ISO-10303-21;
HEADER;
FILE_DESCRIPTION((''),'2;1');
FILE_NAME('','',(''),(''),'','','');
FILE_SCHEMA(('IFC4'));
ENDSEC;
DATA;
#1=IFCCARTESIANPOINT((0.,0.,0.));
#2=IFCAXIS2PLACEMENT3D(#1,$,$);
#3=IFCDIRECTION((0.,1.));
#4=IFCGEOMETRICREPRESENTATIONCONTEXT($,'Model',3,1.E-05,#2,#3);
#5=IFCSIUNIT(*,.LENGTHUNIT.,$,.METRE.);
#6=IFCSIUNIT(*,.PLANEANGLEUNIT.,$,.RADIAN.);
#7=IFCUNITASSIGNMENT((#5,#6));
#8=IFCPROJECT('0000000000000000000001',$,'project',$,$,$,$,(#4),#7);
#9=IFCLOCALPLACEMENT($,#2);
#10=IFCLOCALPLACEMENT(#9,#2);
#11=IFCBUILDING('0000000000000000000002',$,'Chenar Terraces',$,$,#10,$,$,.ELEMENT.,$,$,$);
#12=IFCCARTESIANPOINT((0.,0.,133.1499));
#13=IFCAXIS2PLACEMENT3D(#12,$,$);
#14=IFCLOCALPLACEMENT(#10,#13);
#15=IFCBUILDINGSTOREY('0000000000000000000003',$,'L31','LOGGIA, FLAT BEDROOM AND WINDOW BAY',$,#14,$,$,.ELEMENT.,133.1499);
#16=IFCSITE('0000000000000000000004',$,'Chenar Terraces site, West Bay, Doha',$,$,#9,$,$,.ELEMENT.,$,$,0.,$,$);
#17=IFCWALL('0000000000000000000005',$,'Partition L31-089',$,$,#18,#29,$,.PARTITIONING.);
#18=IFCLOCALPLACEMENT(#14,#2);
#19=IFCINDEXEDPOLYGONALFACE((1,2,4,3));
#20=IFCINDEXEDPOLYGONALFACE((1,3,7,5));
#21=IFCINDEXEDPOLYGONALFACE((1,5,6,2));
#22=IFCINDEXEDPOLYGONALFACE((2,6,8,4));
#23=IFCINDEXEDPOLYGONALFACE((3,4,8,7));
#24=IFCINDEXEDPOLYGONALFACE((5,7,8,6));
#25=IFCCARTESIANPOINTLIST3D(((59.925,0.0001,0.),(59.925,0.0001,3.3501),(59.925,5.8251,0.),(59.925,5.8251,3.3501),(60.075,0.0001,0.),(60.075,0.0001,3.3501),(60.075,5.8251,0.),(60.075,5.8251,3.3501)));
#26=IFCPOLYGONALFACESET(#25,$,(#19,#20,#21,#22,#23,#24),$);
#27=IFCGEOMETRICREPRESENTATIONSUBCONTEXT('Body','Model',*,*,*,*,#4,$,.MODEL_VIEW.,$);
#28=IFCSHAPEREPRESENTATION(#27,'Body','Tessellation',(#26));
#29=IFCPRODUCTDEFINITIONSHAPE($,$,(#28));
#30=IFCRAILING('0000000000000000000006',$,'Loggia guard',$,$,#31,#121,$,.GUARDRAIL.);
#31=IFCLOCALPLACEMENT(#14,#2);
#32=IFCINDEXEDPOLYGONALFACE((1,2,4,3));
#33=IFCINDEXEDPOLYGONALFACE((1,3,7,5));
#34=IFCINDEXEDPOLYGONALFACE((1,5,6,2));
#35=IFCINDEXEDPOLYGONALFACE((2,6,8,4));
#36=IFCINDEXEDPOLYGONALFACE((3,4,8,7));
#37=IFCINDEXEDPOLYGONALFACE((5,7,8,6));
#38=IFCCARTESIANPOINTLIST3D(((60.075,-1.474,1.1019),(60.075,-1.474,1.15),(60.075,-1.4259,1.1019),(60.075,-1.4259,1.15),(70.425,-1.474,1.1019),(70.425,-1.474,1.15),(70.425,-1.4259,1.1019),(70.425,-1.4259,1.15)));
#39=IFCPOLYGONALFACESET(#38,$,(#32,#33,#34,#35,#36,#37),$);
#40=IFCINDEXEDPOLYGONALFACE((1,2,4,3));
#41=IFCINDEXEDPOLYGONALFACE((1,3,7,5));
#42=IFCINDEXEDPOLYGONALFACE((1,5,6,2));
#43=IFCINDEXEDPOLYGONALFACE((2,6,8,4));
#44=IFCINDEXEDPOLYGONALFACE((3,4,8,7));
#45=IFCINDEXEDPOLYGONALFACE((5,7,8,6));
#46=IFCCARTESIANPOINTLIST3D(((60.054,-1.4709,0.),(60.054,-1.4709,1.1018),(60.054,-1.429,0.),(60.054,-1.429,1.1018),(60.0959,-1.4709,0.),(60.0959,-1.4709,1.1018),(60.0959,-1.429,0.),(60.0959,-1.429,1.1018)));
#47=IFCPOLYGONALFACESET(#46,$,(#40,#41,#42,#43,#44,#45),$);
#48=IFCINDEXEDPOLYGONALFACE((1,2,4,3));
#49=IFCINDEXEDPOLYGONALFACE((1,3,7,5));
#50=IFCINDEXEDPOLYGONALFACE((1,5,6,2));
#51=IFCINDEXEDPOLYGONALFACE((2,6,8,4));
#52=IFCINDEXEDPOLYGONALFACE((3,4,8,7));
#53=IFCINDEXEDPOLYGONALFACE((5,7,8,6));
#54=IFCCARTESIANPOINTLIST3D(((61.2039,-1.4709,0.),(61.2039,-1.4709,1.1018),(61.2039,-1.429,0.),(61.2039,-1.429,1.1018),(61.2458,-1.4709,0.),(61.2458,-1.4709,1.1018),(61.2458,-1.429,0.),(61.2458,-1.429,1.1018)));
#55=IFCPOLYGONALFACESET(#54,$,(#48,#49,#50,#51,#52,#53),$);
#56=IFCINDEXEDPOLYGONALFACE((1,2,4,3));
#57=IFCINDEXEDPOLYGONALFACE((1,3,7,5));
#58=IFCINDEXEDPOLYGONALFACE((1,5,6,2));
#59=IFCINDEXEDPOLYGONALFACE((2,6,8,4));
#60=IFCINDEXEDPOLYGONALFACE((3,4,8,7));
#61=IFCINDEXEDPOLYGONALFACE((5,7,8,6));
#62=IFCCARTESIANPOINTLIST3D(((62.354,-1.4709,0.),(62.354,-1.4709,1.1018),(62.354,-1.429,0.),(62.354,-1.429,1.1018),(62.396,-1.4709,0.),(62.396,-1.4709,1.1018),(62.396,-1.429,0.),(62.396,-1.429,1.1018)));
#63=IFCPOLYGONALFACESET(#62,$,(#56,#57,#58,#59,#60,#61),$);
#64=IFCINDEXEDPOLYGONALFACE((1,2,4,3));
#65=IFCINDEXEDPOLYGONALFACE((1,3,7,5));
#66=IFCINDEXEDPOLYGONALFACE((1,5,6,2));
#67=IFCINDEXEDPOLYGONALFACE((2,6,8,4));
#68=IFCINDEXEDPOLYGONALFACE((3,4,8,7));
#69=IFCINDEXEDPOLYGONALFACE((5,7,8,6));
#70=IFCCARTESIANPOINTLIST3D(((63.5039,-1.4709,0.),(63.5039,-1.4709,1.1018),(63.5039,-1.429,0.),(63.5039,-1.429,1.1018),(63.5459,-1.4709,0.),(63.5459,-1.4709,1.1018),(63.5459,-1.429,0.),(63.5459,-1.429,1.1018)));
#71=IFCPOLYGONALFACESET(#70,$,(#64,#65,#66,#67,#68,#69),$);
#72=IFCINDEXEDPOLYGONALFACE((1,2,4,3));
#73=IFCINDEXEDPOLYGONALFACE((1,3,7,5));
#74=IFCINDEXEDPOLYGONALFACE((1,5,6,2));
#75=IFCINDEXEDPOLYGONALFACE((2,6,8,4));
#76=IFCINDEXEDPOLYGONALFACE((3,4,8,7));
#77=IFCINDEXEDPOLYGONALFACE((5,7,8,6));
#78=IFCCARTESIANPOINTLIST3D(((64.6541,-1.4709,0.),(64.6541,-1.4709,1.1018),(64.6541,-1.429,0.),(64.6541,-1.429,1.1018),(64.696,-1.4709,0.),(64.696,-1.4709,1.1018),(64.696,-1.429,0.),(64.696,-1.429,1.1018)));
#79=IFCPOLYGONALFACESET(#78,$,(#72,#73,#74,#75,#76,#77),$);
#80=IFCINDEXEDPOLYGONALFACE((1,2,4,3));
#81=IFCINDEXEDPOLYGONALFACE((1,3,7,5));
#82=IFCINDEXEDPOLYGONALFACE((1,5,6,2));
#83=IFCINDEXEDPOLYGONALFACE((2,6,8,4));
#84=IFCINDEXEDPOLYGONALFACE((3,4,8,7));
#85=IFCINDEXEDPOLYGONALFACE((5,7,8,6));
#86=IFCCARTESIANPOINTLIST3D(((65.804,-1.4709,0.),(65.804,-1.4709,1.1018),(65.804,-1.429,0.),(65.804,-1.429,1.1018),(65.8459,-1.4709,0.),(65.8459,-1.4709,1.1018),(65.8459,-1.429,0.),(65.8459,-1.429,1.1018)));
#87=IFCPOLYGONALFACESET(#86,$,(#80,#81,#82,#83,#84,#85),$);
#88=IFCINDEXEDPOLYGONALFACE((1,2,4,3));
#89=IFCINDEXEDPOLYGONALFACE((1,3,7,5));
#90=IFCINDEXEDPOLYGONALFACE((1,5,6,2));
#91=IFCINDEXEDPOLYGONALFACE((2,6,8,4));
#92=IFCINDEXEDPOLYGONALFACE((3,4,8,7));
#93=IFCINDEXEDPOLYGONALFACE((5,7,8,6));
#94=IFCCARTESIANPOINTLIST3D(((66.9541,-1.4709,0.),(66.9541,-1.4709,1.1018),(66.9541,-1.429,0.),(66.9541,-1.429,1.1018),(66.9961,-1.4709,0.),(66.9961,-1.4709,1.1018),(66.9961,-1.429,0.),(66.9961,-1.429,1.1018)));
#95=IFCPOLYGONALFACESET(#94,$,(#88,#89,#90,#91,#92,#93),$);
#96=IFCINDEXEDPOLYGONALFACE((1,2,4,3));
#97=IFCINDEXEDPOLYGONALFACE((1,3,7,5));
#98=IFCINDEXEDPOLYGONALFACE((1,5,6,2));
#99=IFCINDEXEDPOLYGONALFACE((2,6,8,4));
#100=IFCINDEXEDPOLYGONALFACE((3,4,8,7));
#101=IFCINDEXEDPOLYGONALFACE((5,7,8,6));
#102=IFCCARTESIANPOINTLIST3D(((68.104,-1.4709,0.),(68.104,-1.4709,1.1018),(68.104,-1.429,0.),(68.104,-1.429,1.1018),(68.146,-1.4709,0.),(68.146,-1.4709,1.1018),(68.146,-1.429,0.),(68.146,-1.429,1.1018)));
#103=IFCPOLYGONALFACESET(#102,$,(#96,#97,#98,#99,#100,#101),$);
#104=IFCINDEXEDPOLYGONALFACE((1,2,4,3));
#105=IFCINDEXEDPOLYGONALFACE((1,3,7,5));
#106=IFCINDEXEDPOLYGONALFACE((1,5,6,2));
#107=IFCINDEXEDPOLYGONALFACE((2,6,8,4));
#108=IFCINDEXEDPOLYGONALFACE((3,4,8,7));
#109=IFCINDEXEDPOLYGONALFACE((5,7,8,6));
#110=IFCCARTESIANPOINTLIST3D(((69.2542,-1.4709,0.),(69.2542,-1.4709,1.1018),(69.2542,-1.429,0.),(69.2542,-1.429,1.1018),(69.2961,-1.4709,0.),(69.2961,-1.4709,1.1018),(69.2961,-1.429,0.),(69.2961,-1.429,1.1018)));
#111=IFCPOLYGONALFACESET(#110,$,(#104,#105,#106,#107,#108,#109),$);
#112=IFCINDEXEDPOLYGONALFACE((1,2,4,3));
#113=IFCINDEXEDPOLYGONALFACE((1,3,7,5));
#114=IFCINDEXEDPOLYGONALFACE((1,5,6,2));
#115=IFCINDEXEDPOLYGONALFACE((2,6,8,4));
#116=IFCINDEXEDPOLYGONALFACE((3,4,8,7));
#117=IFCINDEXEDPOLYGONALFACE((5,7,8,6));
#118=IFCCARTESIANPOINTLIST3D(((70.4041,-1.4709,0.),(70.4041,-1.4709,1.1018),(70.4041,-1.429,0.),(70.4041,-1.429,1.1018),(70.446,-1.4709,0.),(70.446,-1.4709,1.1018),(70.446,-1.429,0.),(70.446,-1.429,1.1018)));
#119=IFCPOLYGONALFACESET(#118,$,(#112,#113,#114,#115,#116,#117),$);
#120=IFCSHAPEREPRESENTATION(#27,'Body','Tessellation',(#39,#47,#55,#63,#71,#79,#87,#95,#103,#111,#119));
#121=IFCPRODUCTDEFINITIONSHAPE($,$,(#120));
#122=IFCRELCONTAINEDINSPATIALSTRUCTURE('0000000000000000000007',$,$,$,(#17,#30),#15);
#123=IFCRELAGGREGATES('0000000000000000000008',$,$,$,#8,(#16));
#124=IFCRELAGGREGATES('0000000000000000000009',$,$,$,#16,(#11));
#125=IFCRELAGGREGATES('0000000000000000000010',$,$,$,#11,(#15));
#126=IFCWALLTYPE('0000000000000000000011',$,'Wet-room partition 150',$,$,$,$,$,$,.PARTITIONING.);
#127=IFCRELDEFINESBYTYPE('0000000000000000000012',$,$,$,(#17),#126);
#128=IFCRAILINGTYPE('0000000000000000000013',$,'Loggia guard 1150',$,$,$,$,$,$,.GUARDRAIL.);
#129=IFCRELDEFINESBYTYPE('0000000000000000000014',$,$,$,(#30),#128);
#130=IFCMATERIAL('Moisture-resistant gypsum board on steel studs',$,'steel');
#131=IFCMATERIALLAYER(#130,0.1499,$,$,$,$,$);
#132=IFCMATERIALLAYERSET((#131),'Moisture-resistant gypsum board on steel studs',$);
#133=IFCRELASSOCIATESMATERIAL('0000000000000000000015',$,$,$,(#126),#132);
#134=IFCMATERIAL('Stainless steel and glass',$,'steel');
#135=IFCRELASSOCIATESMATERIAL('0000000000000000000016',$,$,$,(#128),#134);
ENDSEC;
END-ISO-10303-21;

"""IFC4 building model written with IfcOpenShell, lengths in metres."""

from ifc_helpers import new_model, si_unit, direction, frame, frame_2d, origin, origin_2d, place, context, subcontext, project, spatial, rectangle, extrude, material, layer, layer_set, type_object, element, save


model = new_model("IFC4")

# Units and contexts
model_context = context("Model", 3, precision=1e-05, world=origin(), true_north=direction((0.0, 1.0)))
body_context = subcontext(model_context, "Body", "Model", "MODEL_VIEW")
ifc_project = project(units=[si_unit("LENGTHUNIT", "METRE"), si_unit("PLANEANGLEUNIT", "RADIAN")], contexts=[model_context])

# Site, building, storey
site_placement = place(None, origin())
site = spatial("IfcSite", under=ifc_project, at=site_placement, Name="Chenar Terraces site, West Bay, Doha", CompositionType="ELEMENT", RefElevation=0.0)
building_placement = place(site_placement, origin())
building = spatial("IfcBuilding", under=site, at=building_placement, Name="Chenar Terraces", CompositionType="ELEMENT")
storey_placement = place(building_placement, frame((0.0, 0.0, 133.1499)))
storey = spatial("IfcBuildingStorey", under=building, at=storey_placement, Name="L31", Description="LOGGIA, FLAT BEDROOM AND WINDOW BAY", CompositionType="ELEMENT", Elevation=133.1499)

# Shared definitions
ifc_material_1 = material(Name="Moisture-resistant gypsum board on steel studs", Category="steel")
ifc_layer_1 = layer(ifc_material_1, 0.1499)
ifc_layer_set_1 = layer_set([ifc_layer_1], Name="Moisture-resistant gypsum board on steel studs")
wall_type_1 = type_object("IfcWallType", Name="Wet-room partition 150", PredefinedType="PARTITIONING", material=ifc_layer_set_1)

# Wall
wall_1_placement = place(storey_placement, frame((60.0, 0.0, 0.0), z_axis=(0.0, 0.0, 1.0), x_axis=(0.0, 1.0, 0.0)))
element("IfcWall", 1, at=wall_1_placement, inside=storey, type_object=wall_type_1, Name="Partition L31-089", PredefinedType="PARTITIONING", context=body_context, shape_type="SweptSolid", body=[
    extrude(rectangle(XDim=5.825, YDim=0.1499, at=frame_2d((2.9126, 0.0))), origin(), (0.0, 0.0, 1.0), 3.3501),
])

# Railing
ifc_material_2 = material(Name="Stainless steel and glass", Category="steel")
railing_type = type_object("IfcRailingType", Name="Loggia guard 1150", PredefinedType="GUARDRAIL", material=ifc_material_2)
railing_placement = place(storey_placement, frame((60.075, -1.45, 0.0)))
element("IfcRailing", 2, at=railing_placement, inside=storey, type_object=railing_type, Name="Loggia guard", PredefinedType="GUARDRAIL", context=body_context, shape_type="SweptSolid", body=[
    extrude(rectangle(XDim=0.0481, YDim=0.0481, at=origin_2d()), frame((0.0, 0.0, 1.126), z_axis=(1.0, 0.0, 0.0), x_axis=(0.0, 1.0, 0.0)), (0.0, 0.0, 1.0), 10.3501),
    extrude(rectangle(XDim=0.042, YDim=0.042, at=origin_2d()), origin(), (0.0, 0.0, 1.0), 1.1018),
    extrude(rectangle(XDim=0.042, YDim=0.042, at=origin_2d()), frame((1.1499, 0.0, 0.0)), (0.0, 0.0, 1.0), 1.1018),
    extrude(rectangle(XDim=0.042, YDim=0.042, at=origin_2d()), frame((2.3, 0.0, 0.0)), (0.0, 0.0, 1.0), 1.1018),
    extrude(rectangle(XDim=0.042, YDim=0.042, at=origin_2d()), frame((3.45, 0.0, 0.0)), (0.0, 0.0, 1.0), 1.1018),
    extrude(rectangle(XDim=0.042, YDim=0.042, at=origin_2d()), frame((4.6001, 0.0, 0.0)), (0.0, 0.0, 1.0), 1.1018),
    extrude(rectangle(XDim=0.042, YDim=0.042, at=origin_2d()), frame((5.75, 0.0, 0.0)), (0.0, 0.0, 1.0), 1.1018),
    extrude(rectangle(XDim=0.042, YDim=0.042, at=origin_2d()), frame((6.9001, 0.0, 0.0)), (0.0, 0.0, 1.0), 1.1018),
    extrude(rectangle(XDim=0.042, YDim=0.042, at=origin_2d()), frame((8.05, 0.0, 0.0)), (0.0, 0.0, 1.0), 1.1018),
    extrude(rectangle(XDim=0.042, YDim=0.042, at=origin_2d()), frame((9.2002, 0.0, 0.0)), (0.0, 0.0, 1.0), 1.1018),
    extrude(rectangle(XDim=0.042, YDim=0.042, at=origin_2d()), frame((10.3501, 0.0, 0.0)), (0.0, 0.0, 1.0), 1.1018),
])

save(model, "model.ifc")
